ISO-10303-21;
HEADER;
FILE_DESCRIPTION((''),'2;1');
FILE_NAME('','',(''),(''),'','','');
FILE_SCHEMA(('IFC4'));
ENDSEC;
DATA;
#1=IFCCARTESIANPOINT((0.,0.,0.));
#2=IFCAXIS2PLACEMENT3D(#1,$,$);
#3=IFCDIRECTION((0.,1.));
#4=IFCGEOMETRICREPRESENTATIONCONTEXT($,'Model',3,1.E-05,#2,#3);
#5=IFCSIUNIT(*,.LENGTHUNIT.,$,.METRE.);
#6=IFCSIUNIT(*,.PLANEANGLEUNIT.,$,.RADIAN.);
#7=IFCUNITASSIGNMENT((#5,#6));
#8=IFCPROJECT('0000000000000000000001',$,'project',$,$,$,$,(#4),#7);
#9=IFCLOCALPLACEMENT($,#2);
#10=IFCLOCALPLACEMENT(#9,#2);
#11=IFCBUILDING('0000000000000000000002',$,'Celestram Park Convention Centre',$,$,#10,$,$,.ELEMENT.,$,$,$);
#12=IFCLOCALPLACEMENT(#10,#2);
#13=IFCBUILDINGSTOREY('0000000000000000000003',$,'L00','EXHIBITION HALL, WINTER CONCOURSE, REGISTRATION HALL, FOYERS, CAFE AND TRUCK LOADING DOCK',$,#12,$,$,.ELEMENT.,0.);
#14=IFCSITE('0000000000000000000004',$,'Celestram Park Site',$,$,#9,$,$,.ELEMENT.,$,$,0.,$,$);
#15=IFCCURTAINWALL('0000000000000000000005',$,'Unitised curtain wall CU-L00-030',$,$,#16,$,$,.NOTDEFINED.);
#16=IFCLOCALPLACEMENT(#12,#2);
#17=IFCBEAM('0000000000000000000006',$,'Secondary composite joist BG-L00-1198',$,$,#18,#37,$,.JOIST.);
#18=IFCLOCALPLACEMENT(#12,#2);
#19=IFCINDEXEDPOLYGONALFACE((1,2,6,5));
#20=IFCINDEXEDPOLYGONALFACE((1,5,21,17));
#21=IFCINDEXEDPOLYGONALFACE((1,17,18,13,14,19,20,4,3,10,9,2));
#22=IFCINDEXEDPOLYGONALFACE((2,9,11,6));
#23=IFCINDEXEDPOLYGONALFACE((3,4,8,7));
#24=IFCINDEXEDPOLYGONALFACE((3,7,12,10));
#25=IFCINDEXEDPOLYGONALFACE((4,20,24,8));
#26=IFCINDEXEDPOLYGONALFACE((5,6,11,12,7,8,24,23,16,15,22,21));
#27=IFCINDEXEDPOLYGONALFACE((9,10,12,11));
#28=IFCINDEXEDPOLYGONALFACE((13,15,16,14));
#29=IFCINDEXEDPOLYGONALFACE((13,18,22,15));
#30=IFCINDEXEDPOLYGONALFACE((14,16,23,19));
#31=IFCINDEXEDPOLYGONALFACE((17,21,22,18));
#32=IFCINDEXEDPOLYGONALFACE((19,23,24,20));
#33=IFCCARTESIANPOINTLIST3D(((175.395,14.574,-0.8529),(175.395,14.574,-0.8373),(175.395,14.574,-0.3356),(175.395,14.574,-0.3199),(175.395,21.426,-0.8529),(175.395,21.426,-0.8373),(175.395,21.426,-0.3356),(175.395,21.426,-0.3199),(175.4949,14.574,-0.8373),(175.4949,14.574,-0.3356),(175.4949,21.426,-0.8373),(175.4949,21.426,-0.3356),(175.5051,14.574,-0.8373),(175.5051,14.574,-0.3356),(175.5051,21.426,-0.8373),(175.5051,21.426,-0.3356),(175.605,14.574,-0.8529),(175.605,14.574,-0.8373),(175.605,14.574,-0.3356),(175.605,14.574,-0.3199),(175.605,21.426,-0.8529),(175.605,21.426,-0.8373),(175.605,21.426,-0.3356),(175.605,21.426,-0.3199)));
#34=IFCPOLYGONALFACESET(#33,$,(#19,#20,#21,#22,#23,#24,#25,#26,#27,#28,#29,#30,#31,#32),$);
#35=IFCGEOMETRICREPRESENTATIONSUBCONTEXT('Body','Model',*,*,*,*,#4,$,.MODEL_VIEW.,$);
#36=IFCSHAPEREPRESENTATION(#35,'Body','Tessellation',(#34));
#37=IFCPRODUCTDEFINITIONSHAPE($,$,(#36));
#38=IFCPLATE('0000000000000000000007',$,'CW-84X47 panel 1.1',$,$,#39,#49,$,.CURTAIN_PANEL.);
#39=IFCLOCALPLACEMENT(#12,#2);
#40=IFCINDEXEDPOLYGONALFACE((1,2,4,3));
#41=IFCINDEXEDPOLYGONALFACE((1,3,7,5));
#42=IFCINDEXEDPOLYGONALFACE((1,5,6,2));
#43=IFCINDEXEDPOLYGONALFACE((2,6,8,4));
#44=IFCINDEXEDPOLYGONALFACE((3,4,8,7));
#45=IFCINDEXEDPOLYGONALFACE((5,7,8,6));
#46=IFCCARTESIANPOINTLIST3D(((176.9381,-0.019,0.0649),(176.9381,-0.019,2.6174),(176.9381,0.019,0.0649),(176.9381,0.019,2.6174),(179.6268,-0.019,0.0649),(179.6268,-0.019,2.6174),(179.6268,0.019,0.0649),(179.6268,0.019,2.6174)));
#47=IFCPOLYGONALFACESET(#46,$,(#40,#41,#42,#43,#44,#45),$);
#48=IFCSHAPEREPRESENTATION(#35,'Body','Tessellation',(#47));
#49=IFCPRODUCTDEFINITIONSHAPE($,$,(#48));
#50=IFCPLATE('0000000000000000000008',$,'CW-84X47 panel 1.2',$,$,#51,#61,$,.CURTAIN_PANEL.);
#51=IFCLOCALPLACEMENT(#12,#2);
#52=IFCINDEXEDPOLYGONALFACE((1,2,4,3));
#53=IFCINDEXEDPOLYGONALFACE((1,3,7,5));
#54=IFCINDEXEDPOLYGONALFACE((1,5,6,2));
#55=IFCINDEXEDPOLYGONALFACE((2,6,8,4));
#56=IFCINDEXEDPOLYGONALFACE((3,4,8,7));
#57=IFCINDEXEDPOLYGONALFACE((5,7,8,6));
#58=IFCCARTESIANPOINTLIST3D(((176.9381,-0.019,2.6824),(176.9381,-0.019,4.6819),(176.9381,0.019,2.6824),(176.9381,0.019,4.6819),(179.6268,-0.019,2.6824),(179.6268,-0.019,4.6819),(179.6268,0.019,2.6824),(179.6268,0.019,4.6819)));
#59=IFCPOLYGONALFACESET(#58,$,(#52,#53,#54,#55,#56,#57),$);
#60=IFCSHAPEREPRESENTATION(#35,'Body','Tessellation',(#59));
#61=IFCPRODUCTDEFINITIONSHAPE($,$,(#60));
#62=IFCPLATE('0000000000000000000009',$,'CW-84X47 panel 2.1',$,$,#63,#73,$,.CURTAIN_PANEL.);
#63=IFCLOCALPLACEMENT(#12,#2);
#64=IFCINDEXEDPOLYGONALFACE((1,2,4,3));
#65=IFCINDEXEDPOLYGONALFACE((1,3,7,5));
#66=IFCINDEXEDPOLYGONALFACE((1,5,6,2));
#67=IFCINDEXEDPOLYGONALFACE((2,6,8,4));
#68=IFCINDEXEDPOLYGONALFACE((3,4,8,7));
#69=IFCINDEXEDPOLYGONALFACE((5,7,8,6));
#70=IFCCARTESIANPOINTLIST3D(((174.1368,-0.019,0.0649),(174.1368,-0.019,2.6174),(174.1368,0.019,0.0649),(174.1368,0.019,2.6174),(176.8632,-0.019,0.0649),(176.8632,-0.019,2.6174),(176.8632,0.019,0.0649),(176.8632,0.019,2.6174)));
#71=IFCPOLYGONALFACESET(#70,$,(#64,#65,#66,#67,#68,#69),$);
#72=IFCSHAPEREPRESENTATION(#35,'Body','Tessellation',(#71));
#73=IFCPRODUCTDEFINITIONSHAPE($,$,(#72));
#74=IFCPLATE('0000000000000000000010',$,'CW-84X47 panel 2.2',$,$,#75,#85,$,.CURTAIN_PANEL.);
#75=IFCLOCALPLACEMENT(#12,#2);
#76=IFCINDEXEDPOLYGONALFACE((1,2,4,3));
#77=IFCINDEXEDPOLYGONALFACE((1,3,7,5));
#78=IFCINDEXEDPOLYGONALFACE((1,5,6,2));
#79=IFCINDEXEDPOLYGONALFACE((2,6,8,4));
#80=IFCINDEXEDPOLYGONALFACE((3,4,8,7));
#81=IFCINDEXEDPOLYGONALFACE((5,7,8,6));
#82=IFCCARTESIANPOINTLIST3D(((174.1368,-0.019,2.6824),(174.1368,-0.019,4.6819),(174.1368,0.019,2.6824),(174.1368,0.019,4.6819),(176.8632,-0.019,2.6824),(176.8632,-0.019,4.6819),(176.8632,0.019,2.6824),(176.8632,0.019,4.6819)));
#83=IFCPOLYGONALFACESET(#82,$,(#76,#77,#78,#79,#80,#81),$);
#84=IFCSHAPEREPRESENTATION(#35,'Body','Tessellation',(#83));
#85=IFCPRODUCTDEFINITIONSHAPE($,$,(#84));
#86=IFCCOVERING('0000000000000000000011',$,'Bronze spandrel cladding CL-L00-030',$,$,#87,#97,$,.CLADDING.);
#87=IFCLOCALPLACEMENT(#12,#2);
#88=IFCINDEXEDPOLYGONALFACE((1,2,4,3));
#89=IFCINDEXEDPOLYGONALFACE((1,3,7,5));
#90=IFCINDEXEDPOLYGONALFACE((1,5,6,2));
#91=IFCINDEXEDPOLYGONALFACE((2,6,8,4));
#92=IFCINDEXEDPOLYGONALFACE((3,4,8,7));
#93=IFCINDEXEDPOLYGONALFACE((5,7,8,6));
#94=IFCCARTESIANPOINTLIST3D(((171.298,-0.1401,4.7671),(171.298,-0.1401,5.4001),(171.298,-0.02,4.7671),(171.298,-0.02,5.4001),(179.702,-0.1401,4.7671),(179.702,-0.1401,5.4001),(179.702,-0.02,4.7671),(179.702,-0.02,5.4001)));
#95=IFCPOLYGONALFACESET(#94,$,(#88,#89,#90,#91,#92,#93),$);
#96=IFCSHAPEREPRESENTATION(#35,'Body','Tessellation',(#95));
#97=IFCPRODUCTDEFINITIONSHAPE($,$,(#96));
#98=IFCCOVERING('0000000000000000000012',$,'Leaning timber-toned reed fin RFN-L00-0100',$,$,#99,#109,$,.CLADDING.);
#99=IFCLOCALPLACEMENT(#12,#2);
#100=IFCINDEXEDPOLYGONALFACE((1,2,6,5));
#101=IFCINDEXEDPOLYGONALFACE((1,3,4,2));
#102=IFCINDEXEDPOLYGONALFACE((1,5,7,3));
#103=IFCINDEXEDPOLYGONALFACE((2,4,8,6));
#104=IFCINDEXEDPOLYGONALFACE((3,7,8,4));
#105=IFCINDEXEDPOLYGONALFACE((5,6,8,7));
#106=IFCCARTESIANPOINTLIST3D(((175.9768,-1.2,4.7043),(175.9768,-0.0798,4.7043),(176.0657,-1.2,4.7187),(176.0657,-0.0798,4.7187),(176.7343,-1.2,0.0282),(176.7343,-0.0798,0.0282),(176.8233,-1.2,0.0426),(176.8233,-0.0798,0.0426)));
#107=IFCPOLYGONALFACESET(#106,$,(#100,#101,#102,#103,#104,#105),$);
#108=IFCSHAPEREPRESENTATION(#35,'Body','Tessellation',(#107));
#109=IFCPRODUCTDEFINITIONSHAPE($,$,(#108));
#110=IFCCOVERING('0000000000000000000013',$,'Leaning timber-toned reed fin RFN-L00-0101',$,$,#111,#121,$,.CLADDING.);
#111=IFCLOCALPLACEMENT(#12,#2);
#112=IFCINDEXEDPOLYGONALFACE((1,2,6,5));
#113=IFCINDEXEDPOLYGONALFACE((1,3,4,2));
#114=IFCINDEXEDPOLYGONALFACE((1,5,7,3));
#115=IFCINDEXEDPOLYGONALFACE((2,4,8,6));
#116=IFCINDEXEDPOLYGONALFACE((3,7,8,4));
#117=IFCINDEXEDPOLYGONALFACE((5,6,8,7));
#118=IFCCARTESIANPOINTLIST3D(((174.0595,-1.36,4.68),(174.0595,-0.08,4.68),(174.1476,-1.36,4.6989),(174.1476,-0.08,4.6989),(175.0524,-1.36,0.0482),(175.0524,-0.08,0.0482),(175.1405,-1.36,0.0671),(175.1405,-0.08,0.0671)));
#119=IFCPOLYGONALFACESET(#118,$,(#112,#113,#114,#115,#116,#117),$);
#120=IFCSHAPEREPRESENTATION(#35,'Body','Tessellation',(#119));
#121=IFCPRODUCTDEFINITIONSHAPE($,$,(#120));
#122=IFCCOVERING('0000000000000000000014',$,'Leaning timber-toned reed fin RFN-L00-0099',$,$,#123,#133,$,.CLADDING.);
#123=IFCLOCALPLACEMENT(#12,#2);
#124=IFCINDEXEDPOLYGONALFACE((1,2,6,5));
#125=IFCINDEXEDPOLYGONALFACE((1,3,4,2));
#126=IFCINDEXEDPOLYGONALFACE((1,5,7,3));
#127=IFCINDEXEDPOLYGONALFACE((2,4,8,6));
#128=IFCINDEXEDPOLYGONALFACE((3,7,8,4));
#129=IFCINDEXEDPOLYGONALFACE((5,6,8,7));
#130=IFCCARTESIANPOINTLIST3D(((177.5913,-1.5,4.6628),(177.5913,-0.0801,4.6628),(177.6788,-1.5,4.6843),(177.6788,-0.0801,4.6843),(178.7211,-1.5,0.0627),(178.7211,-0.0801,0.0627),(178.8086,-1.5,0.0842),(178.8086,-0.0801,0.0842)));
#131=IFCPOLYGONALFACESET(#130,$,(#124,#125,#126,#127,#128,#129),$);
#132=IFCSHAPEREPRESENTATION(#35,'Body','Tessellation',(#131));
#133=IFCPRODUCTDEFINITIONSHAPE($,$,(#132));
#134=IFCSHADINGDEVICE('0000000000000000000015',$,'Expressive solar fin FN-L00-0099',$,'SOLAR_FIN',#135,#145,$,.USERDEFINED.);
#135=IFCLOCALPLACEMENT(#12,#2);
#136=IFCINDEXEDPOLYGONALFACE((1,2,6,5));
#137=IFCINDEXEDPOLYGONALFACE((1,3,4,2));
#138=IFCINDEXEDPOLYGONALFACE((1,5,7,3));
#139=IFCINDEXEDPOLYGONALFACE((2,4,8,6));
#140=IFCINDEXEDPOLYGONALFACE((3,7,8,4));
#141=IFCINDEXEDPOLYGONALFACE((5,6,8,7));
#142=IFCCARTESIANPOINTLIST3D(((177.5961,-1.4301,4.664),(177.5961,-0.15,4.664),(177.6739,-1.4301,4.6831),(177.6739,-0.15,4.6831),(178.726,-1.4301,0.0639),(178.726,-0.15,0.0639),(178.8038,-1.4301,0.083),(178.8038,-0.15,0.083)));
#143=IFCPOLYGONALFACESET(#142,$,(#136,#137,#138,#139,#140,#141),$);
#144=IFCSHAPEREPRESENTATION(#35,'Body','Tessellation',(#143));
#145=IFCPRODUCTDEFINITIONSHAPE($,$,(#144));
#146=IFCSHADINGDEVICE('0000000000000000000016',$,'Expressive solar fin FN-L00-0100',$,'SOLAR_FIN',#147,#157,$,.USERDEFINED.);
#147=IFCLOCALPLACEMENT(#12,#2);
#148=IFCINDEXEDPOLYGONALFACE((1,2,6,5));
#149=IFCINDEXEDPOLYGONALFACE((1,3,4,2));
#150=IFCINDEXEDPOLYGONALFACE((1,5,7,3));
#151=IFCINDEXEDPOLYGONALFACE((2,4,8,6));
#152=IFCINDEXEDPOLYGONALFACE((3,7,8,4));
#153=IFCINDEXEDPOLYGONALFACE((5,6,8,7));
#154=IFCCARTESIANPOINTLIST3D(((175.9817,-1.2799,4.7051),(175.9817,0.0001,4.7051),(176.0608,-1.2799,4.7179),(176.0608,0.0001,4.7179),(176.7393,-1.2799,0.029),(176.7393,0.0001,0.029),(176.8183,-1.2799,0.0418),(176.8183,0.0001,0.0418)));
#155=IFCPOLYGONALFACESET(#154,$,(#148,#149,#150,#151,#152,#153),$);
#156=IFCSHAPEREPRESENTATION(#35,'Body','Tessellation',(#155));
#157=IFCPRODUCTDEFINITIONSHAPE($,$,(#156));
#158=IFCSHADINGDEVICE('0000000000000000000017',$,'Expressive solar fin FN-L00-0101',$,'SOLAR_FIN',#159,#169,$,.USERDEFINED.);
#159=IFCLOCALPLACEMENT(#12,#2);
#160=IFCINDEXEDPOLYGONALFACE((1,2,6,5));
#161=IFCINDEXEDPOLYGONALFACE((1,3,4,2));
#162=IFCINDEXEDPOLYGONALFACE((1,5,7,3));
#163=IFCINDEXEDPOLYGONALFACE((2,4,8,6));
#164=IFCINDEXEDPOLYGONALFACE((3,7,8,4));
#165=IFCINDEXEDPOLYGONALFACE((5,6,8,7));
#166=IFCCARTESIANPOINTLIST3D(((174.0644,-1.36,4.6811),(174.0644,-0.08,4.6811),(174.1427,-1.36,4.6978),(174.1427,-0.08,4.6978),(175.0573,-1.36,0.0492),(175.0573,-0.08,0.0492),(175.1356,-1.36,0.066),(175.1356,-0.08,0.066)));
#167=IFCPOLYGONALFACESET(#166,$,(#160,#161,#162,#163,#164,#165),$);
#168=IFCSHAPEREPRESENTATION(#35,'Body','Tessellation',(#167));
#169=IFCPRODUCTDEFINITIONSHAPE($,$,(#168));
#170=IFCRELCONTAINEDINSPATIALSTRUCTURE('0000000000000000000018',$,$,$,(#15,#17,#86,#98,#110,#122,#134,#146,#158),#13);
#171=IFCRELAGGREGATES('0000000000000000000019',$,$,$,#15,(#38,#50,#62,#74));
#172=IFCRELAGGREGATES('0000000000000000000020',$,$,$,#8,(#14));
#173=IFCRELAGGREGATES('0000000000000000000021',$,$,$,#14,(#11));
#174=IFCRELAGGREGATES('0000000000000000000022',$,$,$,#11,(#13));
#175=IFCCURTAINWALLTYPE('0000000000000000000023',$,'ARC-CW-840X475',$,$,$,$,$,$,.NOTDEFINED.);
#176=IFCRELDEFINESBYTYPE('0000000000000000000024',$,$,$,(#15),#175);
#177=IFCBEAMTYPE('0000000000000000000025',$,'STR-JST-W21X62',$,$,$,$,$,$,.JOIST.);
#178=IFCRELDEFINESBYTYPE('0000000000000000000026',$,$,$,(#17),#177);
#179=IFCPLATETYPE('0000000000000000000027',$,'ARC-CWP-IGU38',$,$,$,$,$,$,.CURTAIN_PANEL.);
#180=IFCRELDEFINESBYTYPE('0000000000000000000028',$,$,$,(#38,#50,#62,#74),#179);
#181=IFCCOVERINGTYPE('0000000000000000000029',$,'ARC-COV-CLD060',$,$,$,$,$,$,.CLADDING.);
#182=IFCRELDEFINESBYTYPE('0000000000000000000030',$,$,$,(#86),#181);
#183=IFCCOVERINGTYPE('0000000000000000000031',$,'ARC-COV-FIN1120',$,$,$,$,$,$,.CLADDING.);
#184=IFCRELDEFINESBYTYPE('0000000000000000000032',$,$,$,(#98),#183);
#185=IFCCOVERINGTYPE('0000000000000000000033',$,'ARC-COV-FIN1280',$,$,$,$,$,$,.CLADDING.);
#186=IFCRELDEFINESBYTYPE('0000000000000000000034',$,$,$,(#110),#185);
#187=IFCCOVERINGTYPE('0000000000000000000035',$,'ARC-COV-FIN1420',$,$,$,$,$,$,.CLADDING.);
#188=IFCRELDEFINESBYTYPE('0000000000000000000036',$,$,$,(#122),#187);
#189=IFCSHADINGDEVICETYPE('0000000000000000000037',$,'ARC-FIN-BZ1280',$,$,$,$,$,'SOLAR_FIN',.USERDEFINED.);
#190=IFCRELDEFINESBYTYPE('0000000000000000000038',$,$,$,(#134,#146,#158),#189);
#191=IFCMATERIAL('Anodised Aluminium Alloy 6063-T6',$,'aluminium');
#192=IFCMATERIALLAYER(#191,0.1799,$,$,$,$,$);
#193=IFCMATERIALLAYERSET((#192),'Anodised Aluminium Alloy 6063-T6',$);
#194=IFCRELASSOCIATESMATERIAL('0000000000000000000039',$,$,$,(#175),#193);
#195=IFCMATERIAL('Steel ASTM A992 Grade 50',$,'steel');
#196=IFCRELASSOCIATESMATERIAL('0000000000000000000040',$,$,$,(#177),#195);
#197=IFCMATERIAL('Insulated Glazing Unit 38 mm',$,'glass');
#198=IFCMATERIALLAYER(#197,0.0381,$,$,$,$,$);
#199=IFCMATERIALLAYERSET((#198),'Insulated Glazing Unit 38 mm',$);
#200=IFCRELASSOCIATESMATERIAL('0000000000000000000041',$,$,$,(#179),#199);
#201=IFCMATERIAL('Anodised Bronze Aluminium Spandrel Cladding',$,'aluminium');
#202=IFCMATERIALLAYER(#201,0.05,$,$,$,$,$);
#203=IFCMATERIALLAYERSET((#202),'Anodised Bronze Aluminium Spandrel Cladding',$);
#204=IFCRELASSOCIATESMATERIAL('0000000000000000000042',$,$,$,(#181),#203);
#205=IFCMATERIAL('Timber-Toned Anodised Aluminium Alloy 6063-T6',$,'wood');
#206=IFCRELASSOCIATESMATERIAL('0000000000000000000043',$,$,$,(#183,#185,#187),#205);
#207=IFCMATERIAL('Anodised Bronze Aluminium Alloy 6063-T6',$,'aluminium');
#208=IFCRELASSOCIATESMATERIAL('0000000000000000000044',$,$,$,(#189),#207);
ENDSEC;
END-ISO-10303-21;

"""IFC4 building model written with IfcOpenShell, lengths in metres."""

from ifc_helpers import new_model, si_unit, direction, frame, origin, origin_2d, place, context, subcontext, project, spatial, rectangle, i_section, extrude, material, layer, layer_set, material_profile, profile_set, type_object, element, aggregate, save


model = new_model("IFC4")

# Units and contexts
model_context = context("Model", 3, precision=1e-05, world=origin(), true_north=direction((0.0, 1.0)))
body_context = subcontext(model_context, "Body", "Model", "MODEL_VIEW")
ifc_project = project(units=[si_unit("LENGTHUNIT", "METRE"), si_unit("PLANEANGLEUNIT", "RADIAN")], contexts=[model_context])

# Site, building, storey
site_placement = place(None, origin())
site = spatial("IfcSite", under=ifc_project, at=site_placement, Name="Celestram Park Site", CompositionType="ELEMENT", RefElevation=0.0)
building_placement = place(site_placement, origin())
building = spatial("IfcBuilding", under=site, at=building_placement, Name="Celestram Park Convention Centre", CompositionType="ELEMENT")
storey_placement = place(building_placement, origin())
storey = spatial("IfcBuildingStorey", under=building, at=storey_placement, Name="L00", Description="EXHIBITION HALL, WINTER CONCOURSE, REGISTRATION HALL, FOYERS, CAFE AND TRUCK LOADING DOCK", CompositionType="ELEMENT", Elevation=0.0)

# Curtain wall
ifc_material_1 = material(Name="Anodised Aluminium Alloy 6063-T6", Category="aluminium")
ifc_layer_1 = layer(ifc_material_1, 0.1799)
ifc_layer_set_1 = layer_set([ifc_layer_1], Name="Anodised Aluminium Alloy 6063-T6")
curtain_wall_type = type_object("IfcCurtainWallType", Name="ARC-CW-840X475", PredefinedType="NOTDEFINED", material=ifc_layer_set_1)
curtain_wall_placement = place(storey_placement, origin())
curtain_wall = element("IfcCurtainWall", 1, at=curtain_wall_placement, inside=storey, type_object=curtain_wall_type, Name="Unitised curtain wall CU-L00-030", PredefinedType="NOTDEFINED")

# Beam
ifc_material_2 = material(Name="Steel ASTM A992 Grade 50", Category="steel")
ifc_material_profile_1 = material_profile(ifc_material_2, i_section(OverallWidth=0.21, OverallDepth=0.533, WebThickness=0.0103, FlangeThickness=0.0156, at=origin_2d()), Name="W21X62")
ifc_profile_set_1 = profile_set([ifc_material_profile_1], Name="Steel ASTM A992 Grade 50")
beam_type = type_object("IfcBeamType", Name="STR-JST-W21X62", PredefinedType="JOIST", material=ifc_profile_set_1)
for number, where, z_axis, x_axis, name in (
    (2, (175.5, 14.574, -0.5864), (0.0, 1.0, 0.0), (-1.0, 0.0, 0.0), "Secondary composite joist BG-L00-1198"),
):
    element("IfcBeam", number, at=place(storey_placement, frame(where, z_axis=z_axis, x_axis=x_axis)), inside=storey, type_object=beam_type, Name=name, PredefinedType="JOIST", context=body_context, shape_type="SweptSolid", body=[
        extrude(i_section(OverallWidth=0.21, OverallDepth=0.533, WebThickness=0.0103, FlangeThickness=0.0156, at=origin_2d()), origin(), (0.0, 0.0, 1.0), 6.8521),
    ])

# Plates
ifc_material_3 = material(Name="Insulated Glazing Unit 38 mm", Category="glass")
ifc_layer_2 = layer(ifc_material_3, 0.0381)
ifc_layer_set_2 = layer_set([ifc_layer_2], Name="Insulated Glazing Unit 38 mm")
plate_type = type_object("IfcPlateType", Name="ARC-CWP-IGU38", PredefinedType="CURTAIN_PANEL", material=ifc_layer_set_2)
plate_1_placement = place(storey_placement, frame((178.2825, 0.0, 0.0649), z_axis=(0.0, 0.0, 1.0), x_axis=(-1.0, 0.0, 0.0)))
plate_1 = element("IfcPlate", 3, at=plate_1_placement, type_object=plate_type, Name="CW-84X47 panel 1.1", PredefinedType="CURTAIN_PANEL", context=body_context, shape_type="SweptSolid", body=[
    extrude(rectangle(XDim=2.6887, YDim=0.0381, at=origin_2d()), origin(), (0.0, 0.0, 1.0), 2.5525),
])
plate_2_placement = place(storey_placement, frame((178.2825, 0.0, 2.6824), z_axis=(0.0, 0.0, 1.0), x_axis=(-1.0, 0.0, 0.0)))
plate_2 = element("IfcPlate", 4, at=plate_2_placement, type_object=plate_type, Name="CW-84X47 panel 1.2", PredefinedType="CURTAIN_PANEL", context=body_context, shape_type="SweptSolid", body=[
    extrude(rectangle(XDim=2.6887, YDim=0.0381, at=origin_2d()), origin(), (0.0, 0.0, 1.0), 1.9995),
])
plate_3_placement = place(storey_placement, frame((175.5, 0.0, 0.0649), z_axis=(0.0, 0.0, 1.0), x_axis=(-1.0, 0.0, 0.0)))
plate_3 = element("IfcPlate", 5, at=plate_3_placement, type_object=plate_type, Name="CW-84X47 panel 2.1", PredefinedType="CURTAIN_PANEL", context=body_context, shape_type="SweptSolid", body=[
    extrude(rectangle(XDim=2.7263, YDim=0.0381, at=origin_2d()), origin(), (0.0, 0.0, 1.0), 2.5525),
])
plate_4_placement = place(storey_placement, frame((175.5, 0.0, 2.6824), z_axis=(0.0, 0.0, 1.0), x_axis=(-1.0, 0.0, 0.0)))
plate_4 = element("IfcPlate", 6, at=plate_4_placement, type_object=plate_type, Name="CW-84X47 panel 2.2", PredefinedType="CURTAIN_PANEL", context=body_context, shape_type="SweptSolid", body=[
    extrude(rectangle(XDim=2.7263, YDim=0.0381, at=origin_2d()), origin(), (0.0, 0.0, 1.0), 1.9995),
])
aggregate(curtain_wall, [plate_1, plate_2, plate_3, plate_4])

# Coverings
ifc_material_4 = material(Name="Anodised Bronze Aluminium Spandrel Cladding", Category="aluminium")
ifc_layer_3 = layer(ifc_material_4, 0.05)
ifc_layer_set_3 = layer_set([ifc_layer_3], Name="Anodised Bronze Aluminium Spandrel Cladding")
covering_type_1 = type_object("IfcCoveringType", Name="ARC-COV-CLD060", PredefinedType="CLADDING", material=ifc_layer_set_3)
covering_1_placement = place(storey_placement, frame((175.5, -0.0801, 4.7671), z_axis=(0.0, 0.0, 1.0), x_axis=(-1.0, 0.0, 0.0)))
element("IfcCovering", 7, at=covering_1_placement, inside=storey, type_object=covering_type_1, Name="Bronze spandrel cladding CL-L00-030", PredefinedType="CLADDING", context=body_context, shape_type="SweptSolid", body=[
    extrude(rectangle(XDim=8.4041, YDim=0.1201, at=origin_2d()), origin(), (0.0, 0.0, 1.0), 0.6331),
])
ifc_material_5 = material(Name="Timber-Toned Anodised Aluminium Alloy 6063-T6", Category="wood")
ifc_material_profile_2 = material_profile(ifc_material_5, rectangle(XDim=1.1201, YDim=0.0901, at=origin_2d()), Name="REED1120X90")
ifc_profile_set_2 = profile_set([ifc_material_profile_2], Name="Timber-Toned Anodised Aluminium Alloy 6063-T6")
covering_type_2 = type_object("IfcCoveringType", Name="ARC-COV-FIN1120", PredefinedType="CLADDING", material=ifc_profile_set_2)
covering_2_placement = place(storey_placement, frame((176.7788, -0.6399, 0.0354), z_axis=(-0.159926, 0.0, 0.987129), x_axis=(0.0, -1.0, 0.0)))
element("IfcCovering", 8, at=covering_2_placement, inside=storey, type_object=covering_type_2, Name="Leaning timber-toned reed fin RFN-L00-0100", PredefinedType="CLADDING", context=body_context, shape_type="SweptSolid", body=[
    extrude(rectangle(XDim=1.1201, YDim=0.0901, at=origin_2d()), origin(), (0.0, 0.0, 1.0), 4.7371),
])
ifc_material_profile_3 = material_profile(ifc_material_5, rectangle(XDim=1.28, YDim=0.0901, at=origin_2d()), Name="REED1280X90")
ifc_profile_set_3 = profile_set([ifc_material_profile_3], Name="Timber-Toned Anodised Aluminium Alloy 6063-T6")
covering_type_3 = type_object("IfcCoveringType", Name="ARC-COV-FIN1280", PredefinedType="CLADDING", material=ifc_profile_set_3)
covering_3_placement = place(storey_placement, frame((175.0964, -0.72, 0.0576), z_axis=(-0.209607, 0.0, 0.977786), x_axis=(0.0, -1.0, 0.0)))
element("IfcCovering", 9, at=covering_3_placement, inside=storey, type_object=covering_type_3, Name="Leaning timber-toned reed fin RFN-L00-0101", PredefinedType="CLADDING", context=body_context, shape_type="SweptSolid", body=[
    extrude(rectangle(XDim=1.28, YDim=0.0901, at=origin_2d()), origin(), (0.0, 0.0, 1.0), 4.7371),
])
ifc_material_profile_4 = material_profile(ifc_material_5, rectangle(XDim=1.4199, YDim=0.0901, at=origin_2d()), Name="REED1420X90")
ifc_profile_set_4 = profile_set([ifc_material_profile_4], Name="Timber-Toned Anodised Aluminium Alloy 6063-T6")
covering_type_4 = type_object("IfcCoveringType", Name="ARC-COV-FIN1420", PredefinedType="CLADDING", material=ifc_profile_set_4)
covering_4_placement = place(storey_placement, frame((178.7649, -0.79, 0.0735), z_axis=(-0.238532, 0.0, 0.971135), x_axis=(0.0, -1.0, 0.0)))
element("IfcCovering", 10, at=covering_4_placement, inside=storey, type_object=covering_type_4, Name="Leaning timber-toned reed fin RFN-L00-0099", PredefinedType="CLADDING", context=body_context, shape_type="SweptSolid", body=[
    extrude(rectangle(XDim=1.4199, YDim=0.0901, at=origin_2d()), origin(), (0.0, 0.0, 1.0), 4.7368),
])

# Shading devices
ifc_material_6 = material(Name="Anodised Bronze Aluminium Alloy 6063-T6", Category="aluminium")
ifc_material_profile_5 = material_profile(ifc_material_6, rectangle(XDim=1.28, YDim=0.0801, at=origin_2d()), Name="FIN1280X80")
ifc_profile_set_5 = profile_set([ifc_material_profile_5], Name="Anodised Bronze Aluminium Alloy 6063-T6")
shading_device_type = type_object("IfcShadingDeviceType", Name="ARC-FIN-BZ1280", ElementType="SOLAR_FIN", PredefinedType="USERDEFINED", material=ifc_profile_set_5)
shading_device_placement = place(storey_placement, frame((178.7649, -0.79, 0.0735), z_axis=(-0.238532, 0.0, 0.971135), x_axis=(0.0, -1.0, 0.0)))
element("IfcShadingDevice", 11, at=shading_device_placement, inside=storey, type_object=shading_device_type, Name="Expressive solar fin FN-L00-0099", ObjectType="SOLAR_FIN", PredefinedType="USERDEFINED", context=body_context, shape_type="SweptSolid", body=[
    extrude(rectangle(XDim=1.28, YDim=0.0801, at=origin_2d()), origin(), (0.0, 0.0, 1.0), 4.7368),
])
for number, where, z_axis, x_axis, name in (
    (12, (176.7788, -0.6399, 0.0354), (-0.159926, 0.0, 0.987129), (0.0, -1.0, 0.0), "Expressive solar fin FN-L00-0100"),
    (13, (175.0964, -0.72, 0.0576), (-0.209607, 0.0, 0.977786), (0.0, -1.0, 0.0), "Expressive solar fin FN-L00-0101"),
):
    element("IfcShadingDevice", number, at=place(storey_placement, frame(where, z_axis=z_axis, x_axis=x_axis)), inside=storey, type_object=shading_device_type, Name=name, ObjectType="SOLAR_FIN", PredefinedType="USERDEFINED", context=body_context, shape_type="SweptSolid", body=[
        extrude(rectangle(XDim=1.28, YDim=0.0801, at=origin_2d()), origin(), (0.0, 0.0, 1.0), 4.7371),
    ])

save(model, "model.ifc")
